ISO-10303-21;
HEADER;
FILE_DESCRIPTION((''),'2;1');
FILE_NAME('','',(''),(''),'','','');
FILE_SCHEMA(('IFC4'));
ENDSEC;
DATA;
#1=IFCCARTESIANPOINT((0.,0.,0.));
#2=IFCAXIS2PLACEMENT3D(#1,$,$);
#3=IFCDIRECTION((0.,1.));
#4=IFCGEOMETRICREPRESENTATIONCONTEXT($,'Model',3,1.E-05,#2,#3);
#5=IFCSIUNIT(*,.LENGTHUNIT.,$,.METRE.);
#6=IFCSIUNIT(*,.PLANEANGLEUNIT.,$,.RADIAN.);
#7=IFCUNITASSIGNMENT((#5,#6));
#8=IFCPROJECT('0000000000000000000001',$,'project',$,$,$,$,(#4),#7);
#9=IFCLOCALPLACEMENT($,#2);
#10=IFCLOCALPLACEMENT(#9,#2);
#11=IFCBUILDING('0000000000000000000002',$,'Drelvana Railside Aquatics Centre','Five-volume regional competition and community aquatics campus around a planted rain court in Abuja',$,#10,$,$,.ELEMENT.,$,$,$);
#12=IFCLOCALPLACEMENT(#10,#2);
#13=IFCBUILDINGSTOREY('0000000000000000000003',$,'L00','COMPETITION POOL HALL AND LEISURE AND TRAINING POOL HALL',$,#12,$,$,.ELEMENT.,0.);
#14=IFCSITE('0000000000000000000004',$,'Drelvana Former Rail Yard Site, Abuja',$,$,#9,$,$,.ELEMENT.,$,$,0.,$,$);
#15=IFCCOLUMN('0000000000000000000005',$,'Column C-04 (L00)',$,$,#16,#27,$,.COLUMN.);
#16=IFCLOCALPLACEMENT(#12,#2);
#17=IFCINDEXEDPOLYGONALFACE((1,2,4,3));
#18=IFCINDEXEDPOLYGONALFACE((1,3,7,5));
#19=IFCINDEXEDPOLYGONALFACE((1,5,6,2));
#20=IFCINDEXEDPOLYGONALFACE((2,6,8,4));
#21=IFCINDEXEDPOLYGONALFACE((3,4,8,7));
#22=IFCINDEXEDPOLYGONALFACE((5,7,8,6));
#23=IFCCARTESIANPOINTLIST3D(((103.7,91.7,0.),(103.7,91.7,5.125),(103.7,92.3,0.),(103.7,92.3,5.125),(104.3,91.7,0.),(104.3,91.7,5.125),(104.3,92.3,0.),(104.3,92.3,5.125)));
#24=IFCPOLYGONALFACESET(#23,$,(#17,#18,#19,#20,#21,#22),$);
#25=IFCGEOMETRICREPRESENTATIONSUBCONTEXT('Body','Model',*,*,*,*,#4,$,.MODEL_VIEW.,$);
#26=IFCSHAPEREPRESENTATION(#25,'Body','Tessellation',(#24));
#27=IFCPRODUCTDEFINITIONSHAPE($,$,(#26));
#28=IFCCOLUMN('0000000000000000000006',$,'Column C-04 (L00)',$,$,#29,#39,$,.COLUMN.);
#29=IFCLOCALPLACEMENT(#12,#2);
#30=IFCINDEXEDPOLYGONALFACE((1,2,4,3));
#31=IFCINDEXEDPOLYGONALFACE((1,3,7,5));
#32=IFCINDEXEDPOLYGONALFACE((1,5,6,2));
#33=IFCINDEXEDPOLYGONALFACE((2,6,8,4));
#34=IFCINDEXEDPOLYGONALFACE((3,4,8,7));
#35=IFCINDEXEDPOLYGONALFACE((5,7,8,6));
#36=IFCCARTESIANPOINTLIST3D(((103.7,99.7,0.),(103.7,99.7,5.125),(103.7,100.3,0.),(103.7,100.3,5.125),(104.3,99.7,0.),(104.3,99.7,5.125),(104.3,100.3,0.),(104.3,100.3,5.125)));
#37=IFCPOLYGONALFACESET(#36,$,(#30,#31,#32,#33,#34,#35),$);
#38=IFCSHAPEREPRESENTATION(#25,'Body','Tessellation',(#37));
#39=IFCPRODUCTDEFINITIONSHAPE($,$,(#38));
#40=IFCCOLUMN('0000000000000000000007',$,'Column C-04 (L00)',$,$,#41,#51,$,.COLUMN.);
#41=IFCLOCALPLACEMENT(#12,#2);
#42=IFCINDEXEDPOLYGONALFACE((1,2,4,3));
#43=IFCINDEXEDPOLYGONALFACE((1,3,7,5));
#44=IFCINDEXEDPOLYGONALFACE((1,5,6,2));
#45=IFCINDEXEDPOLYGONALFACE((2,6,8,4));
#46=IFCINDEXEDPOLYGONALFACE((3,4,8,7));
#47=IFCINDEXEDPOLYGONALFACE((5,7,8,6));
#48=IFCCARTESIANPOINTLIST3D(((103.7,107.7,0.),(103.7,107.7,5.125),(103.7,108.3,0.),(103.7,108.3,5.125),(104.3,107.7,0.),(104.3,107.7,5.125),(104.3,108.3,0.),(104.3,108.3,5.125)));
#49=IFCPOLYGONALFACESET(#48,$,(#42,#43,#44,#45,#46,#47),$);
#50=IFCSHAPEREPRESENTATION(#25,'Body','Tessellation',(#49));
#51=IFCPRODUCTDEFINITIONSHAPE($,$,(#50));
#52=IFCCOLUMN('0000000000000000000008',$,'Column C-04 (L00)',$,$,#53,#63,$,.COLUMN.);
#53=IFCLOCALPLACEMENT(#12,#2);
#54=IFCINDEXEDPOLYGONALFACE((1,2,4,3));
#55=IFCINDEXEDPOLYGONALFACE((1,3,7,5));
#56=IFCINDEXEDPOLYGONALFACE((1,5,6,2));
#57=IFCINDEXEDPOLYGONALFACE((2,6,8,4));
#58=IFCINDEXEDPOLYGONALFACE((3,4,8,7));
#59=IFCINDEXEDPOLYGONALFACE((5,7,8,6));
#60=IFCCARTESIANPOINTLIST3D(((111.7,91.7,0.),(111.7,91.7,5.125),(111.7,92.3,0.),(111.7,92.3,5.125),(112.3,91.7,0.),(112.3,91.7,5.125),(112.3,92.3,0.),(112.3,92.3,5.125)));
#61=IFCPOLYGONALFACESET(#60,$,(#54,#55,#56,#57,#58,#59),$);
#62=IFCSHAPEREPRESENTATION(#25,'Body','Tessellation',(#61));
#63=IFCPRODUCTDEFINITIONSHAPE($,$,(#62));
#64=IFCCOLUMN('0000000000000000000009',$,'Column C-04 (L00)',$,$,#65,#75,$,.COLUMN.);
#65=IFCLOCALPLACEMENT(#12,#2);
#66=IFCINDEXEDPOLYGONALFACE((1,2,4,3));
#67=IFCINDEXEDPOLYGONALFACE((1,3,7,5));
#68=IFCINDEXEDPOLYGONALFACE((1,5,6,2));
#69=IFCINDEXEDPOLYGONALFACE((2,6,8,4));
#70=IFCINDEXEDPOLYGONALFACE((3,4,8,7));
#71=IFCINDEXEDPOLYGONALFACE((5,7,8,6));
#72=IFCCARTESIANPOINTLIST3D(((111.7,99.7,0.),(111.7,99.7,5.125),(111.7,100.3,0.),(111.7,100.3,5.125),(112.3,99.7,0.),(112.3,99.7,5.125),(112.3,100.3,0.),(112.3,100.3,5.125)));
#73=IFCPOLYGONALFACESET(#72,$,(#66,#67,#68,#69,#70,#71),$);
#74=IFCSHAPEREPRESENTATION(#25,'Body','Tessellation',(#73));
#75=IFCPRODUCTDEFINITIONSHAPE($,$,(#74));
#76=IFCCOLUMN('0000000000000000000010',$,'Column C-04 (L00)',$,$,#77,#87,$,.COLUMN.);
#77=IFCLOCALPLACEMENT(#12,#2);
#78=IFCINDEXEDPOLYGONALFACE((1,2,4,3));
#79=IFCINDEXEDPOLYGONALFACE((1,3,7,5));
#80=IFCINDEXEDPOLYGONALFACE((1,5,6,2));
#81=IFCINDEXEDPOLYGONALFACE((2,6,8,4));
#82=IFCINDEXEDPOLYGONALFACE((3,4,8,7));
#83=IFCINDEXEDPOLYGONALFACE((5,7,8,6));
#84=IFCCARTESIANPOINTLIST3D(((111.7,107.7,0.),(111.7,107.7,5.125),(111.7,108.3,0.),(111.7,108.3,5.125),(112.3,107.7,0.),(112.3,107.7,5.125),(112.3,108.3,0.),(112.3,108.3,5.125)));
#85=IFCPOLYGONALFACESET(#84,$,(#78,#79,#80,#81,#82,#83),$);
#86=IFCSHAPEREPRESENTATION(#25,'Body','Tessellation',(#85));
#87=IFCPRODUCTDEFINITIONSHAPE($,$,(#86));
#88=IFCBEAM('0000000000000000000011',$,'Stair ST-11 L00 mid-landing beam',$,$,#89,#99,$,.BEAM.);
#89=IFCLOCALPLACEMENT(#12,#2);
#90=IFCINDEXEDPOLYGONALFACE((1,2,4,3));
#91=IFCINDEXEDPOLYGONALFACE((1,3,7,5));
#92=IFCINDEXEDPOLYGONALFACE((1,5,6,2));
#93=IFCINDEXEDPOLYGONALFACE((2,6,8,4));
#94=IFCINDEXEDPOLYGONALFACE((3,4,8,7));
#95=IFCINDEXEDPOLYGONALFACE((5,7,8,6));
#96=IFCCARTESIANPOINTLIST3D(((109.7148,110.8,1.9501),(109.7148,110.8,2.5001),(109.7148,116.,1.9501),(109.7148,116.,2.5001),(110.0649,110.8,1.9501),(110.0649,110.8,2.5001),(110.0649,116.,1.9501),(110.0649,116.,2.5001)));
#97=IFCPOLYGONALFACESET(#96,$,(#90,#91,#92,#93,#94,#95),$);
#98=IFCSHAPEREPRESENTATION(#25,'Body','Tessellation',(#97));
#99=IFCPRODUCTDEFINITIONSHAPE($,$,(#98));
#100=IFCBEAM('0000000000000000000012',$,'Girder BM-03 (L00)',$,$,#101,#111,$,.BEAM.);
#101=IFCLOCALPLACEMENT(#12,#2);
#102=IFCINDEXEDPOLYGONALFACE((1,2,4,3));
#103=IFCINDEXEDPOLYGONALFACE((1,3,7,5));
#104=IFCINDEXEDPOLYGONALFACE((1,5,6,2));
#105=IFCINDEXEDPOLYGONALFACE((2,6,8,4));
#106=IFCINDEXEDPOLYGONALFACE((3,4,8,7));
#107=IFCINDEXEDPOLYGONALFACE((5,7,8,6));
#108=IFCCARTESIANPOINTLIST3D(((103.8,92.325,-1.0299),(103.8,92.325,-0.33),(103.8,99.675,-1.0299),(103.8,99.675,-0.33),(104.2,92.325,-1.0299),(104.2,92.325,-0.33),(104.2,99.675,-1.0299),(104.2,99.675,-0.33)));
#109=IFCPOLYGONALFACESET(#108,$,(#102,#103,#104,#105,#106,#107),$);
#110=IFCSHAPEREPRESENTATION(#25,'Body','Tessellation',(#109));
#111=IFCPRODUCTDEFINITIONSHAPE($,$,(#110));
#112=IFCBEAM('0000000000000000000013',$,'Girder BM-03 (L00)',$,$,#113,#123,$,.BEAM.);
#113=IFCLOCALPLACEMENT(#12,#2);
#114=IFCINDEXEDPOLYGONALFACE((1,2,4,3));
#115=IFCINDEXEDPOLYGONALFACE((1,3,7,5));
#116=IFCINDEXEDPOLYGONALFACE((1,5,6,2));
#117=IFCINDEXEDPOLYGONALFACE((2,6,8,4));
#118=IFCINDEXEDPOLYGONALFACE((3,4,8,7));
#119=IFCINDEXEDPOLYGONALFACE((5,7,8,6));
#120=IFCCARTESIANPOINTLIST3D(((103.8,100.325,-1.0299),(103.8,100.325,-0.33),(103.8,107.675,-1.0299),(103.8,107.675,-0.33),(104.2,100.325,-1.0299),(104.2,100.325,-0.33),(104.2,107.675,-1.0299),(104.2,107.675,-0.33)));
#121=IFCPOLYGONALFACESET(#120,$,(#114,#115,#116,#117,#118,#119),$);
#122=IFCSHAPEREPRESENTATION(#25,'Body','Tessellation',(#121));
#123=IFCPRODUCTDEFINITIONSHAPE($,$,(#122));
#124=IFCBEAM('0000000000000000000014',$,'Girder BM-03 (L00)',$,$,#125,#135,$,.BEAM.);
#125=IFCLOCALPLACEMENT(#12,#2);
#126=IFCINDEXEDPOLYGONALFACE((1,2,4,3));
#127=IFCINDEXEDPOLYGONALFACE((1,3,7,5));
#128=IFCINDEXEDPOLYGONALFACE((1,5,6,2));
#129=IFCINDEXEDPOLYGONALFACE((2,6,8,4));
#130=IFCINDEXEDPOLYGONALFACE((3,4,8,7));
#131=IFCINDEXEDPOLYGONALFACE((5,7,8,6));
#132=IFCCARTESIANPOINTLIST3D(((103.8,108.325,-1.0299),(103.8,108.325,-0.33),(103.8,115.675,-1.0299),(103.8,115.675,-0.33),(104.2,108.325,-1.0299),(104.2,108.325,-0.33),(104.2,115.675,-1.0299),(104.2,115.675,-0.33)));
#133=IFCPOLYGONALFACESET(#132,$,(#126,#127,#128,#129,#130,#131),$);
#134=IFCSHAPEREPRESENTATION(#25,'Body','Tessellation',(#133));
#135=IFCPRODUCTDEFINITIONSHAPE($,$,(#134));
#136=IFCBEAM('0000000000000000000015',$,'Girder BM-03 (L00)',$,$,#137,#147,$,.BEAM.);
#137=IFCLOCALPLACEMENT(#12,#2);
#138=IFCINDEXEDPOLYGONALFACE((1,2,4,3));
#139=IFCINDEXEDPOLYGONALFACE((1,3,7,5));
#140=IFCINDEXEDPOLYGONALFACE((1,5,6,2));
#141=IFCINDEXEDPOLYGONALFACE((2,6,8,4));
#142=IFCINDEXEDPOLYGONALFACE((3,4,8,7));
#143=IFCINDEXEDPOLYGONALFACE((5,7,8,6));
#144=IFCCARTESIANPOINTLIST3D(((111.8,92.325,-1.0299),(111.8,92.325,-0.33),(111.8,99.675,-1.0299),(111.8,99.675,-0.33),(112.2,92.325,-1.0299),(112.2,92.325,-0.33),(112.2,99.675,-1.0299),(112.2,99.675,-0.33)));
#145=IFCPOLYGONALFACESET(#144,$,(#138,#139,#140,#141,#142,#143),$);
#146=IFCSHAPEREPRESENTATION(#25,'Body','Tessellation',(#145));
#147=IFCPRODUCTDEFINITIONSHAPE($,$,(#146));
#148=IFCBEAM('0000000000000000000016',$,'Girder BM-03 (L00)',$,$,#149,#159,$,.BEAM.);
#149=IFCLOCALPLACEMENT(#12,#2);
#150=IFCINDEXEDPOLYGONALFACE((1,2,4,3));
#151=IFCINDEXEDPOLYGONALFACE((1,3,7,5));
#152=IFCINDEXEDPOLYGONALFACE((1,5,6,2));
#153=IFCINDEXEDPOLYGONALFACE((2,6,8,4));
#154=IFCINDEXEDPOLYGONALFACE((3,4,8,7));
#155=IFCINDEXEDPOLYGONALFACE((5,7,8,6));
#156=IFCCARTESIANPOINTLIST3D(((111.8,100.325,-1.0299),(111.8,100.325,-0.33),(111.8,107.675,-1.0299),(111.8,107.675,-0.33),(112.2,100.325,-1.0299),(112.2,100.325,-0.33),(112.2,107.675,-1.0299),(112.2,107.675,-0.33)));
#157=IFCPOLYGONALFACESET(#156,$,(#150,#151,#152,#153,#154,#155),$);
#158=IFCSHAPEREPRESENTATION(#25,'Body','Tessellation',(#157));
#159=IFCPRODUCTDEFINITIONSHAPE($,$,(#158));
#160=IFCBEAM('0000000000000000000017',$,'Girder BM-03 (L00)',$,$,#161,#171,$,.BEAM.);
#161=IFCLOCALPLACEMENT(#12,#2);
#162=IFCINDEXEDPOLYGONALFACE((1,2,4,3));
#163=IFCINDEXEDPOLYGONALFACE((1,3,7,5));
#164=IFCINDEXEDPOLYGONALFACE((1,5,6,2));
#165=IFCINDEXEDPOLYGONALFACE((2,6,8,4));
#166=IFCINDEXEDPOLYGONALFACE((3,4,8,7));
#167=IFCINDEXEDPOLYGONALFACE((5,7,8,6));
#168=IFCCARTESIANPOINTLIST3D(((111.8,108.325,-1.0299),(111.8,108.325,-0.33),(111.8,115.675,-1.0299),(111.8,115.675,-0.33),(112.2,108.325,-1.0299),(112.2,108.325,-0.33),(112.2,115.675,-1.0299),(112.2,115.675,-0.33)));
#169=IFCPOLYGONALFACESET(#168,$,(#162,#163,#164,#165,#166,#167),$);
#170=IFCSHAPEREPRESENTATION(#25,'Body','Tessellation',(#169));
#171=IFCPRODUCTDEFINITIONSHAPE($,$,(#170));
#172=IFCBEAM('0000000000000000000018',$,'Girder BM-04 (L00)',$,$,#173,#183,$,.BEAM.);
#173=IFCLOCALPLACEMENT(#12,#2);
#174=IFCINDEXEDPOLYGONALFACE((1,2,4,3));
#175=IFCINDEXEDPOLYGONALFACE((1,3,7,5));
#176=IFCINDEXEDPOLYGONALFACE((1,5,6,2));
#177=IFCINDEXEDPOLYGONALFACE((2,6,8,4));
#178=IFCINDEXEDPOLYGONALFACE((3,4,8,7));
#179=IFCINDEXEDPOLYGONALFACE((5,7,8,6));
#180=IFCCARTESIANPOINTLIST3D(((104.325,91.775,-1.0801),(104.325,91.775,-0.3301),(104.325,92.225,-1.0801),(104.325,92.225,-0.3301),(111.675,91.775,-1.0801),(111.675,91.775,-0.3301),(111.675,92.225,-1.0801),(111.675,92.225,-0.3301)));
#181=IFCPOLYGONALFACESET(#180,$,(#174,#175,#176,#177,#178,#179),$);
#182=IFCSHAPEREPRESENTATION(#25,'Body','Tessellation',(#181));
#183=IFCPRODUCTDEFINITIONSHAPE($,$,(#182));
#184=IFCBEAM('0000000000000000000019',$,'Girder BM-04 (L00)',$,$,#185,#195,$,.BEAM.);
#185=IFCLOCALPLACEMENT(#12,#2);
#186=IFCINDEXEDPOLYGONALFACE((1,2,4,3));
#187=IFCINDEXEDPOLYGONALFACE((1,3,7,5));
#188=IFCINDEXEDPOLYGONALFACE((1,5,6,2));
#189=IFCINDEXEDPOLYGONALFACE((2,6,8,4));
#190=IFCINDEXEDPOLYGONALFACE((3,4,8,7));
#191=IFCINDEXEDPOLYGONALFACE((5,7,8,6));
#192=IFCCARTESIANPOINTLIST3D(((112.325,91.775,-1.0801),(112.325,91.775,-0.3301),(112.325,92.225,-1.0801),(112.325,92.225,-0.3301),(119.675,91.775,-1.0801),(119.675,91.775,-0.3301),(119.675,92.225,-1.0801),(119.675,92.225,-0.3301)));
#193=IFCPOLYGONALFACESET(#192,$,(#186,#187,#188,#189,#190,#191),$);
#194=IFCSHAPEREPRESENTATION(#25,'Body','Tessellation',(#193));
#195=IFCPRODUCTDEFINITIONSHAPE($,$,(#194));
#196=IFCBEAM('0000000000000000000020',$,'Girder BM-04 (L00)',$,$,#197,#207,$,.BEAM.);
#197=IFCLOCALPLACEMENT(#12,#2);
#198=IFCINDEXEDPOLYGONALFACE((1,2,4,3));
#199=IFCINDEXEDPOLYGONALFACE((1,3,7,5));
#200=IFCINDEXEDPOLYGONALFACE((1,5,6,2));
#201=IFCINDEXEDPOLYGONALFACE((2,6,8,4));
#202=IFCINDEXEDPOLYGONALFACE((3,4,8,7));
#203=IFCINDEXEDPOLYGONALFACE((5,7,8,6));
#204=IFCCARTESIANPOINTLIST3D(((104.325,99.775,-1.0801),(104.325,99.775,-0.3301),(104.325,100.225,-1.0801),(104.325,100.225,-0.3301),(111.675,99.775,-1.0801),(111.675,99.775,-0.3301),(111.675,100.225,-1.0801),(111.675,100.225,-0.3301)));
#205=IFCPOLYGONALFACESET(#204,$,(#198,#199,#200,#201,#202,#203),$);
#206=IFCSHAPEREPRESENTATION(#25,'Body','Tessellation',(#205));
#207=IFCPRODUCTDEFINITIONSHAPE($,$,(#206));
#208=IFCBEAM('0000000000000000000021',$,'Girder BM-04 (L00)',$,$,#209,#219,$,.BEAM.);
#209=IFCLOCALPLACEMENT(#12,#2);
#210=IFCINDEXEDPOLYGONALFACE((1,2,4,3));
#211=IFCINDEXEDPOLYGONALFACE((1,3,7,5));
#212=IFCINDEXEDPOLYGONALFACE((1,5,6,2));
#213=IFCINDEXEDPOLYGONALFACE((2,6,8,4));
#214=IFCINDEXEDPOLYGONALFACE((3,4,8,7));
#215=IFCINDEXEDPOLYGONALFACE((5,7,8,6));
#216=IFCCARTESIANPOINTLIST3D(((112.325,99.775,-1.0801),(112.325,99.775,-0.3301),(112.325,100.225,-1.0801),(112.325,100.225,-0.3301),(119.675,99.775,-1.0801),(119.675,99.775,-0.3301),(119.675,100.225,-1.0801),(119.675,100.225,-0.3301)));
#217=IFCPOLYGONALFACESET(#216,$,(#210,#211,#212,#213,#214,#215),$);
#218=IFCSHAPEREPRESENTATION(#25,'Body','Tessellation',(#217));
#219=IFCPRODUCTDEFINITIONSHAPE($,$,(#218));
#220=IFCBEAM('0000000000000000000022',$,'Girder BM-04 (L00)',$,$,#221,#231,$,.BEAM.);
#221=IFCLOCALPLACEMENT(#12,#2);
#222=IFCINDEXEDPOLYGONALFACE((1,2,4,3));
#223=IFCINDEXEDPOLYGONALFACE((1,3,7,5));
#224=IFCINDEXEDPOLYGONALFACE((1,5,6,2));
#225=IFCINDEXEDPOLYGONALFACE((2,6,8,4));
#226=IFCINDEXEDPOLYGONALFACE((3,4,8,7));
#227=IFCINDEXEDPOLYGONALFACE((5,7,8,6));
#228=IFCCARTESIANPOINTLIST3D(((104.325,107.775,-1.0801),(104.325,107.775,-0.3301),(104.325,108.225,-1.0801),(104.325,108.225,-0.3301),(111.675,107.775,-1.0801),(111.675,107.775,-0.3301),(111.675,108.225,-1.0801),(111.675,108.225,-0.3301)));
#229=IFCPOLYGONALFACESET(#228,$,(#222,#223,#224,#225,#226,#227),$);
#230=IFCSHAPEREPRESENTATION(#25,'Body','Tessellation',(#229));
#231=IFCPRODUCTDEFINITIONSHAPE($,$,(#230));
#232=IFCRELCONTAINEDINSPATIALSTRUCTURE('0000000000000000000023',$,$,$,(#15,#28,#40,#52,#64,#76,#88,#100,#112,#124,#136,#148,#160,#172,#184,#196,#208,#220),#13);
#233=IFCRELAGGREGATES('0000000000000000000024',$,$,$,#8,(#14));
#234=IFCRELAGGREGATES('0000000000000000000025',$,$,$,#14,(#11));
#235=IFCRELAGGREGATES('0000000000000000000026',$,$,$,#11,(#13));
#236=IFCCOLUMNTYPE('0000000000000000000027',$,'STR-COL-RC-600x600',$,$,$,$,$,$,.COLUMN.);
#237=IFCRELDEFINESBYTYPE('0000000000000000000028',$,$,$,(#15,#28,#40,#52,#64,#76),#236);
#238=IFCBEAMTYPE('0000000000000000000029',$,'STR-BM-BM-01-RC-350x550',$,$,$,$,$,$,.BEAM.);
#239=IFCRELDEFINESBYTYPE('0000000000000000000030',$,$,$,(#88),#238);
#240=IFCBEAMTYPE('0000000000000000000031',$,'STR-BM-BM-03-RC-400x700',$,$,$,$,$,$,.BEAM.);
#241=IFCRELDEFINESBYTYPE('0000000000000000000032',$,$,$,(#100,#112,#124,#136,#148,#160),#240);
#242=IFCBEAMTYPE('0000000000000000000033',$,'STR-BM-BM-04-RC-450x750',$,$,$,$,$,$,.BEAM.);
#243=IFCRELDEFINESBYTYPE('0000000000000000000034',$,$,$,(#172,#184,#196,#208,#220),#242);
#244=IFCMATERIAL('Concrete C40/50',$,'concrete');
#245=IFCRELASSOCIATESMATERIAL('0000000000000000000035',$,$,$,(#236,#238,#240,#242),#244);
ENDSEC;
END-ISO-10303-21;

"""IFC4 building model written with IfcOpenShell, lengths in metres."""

from ifc_helpers import new_model, si_unit, direction, frame, origin, origin_2d, place, context, subcontext, project, spatial, rectangle, extrude, material, material_profile, profile_set, type_object, element, save


model = new_model("IFC4")

# Units and contexts
model_context = context("Model", 3, precision=1e-05, world=origin(), true_north=direction((0.0, 1.0)))
body_context = subcontext(model_context, "Body", "Model", "MODEL_VIEW")
ifc_project = project(units=[si_unit("LENGTHUNIT", "METRE"), si_unit("PLANEANGLEUNIT", "RADIAN")], contexts=[model_context])

# Site, building, storey
site_placement = place(None, origin())
site = spatial("IfcSite", under=ifc_project, at=site_placement, Name="Drelvana Former Rail Yard Site, Abuja", CompositionType="ELEMENT", RefElevation=0.0)
building_placement = place(site_placement, origin())
building = spatial("IfcBuilding", under=site, at=building_placement, Name="Drelvana Railside Aquatics Centre", Description="Five-volume regional competition and community aquatics campus around a planted rain court in Abuja", CompositionType="ELEMENT")
storey_placement = place(building_placement, origin())
storey = spatial("IfcBuildingStorey", under=building, at=storey_placement, Name="L00", Description="COMPETITION POOL HALL AND LEISURE AND TRAINING POOL HALL", CompositionType="ELEMENT", Elevation=0.0)

# Columns
ifc_material_1 = material(Name="Concrete C40/50", Category="concrete")
ifc_material_profile_1 = material_profile(ifc_material_1, rectangle(XDim=0.6001, YDim=0.6001, at=origin_2d()), Name="RC 600x600")
ifc_profile_set_1 = profile_set([ifc_material_profile_1], Name="Concrete C40/50")
column_type = type_object("IfcColumnType", Name="STR-COL-RC-600x600", PredefinedType="COLUMN", material=ifc_profile_set_1)
for number, where, z_axis, x_axis, name in (
    (1, (104.0, 92.0, 0.0), (0.0, 0.0, 1.0), (1.0, 0.0, 0.0), "Column C-04 (L00)"),
    (2, (104.0, 100.0, 0.0), (0.0, 0.0, 1.0), (1.0, 0.0, 0.0), "Column C-04 (L00)"),
    (3, (104.0, 108.0, 0.0), (0.0, 0.0, 1.0), (1.0, 0.0, 0.0), "Column C-04 (L00)"),
    (4, (112.0, 92.0, 0.0), (0.0, 0.0, 1.0), (1.0, 0.0, 0.0), "Column C-04 (L00)"),
    (5, (112.0, 100.0, 0.0), (0.0, 0.0, 1.0), (1.0, 0.0, 0.0), "Column C-04 (L00)"),
    (6, (112.0, 108.0, 0.0), (0.0, 0.0, 1.0), (1.0, 0.0, 0.0), "Column C-04 (L00)"),
):
    element("IfcColumn", number, at=place(storey_placement, frame(where, z_axis=z_axis, x_axis=x_axis)), inside=storey, type_object=column_type, Name=name, PredefinedType="COLUMN", context=body_context, shape_type="SweptSolid", body=[
        extrude(rectangle(XDim=0.6001, YDim=0.6001, at=origin_2d()), origin(), (0.0, 0.0, 1.0), 5.125),
    ])

# Beams
ifc_material_profile_2 = material_profile(ifc_material_1, rectangle(XDim=0.3501, YDim=0.55, at=origin_2d()), Name="RC 350x550")
ifc_profile_set_2 = profile_set([ifc_material_profile_2], Name="Concrete C40/50")
beam_type_1 = type_object("IfcBeamType", Name="STR-BM-BM-01-RC-350x550", PredefinedType="BEAM", material=ifc_profile_set_2)
beam_1_placement = place(storey_placement, frame((109.8899, 110.8, 2.2251), z_axis=(0.0, 1.0, 0.0), x_axis=(-1.0, 0.0, 0.0)))
element("IfcBeam", 7, at=beam_1_placement, inside=storey, type_object=beam_type_1, Name="Stair ST-11 L00 mid-landing beam", PredefinedType="BEAM", context=body_context, shape_type="SweptSolid", body=[
    extrude(rectangle(XDim=0.3501, YDim=0.55, at=origin_2d()), origin(), (0.0, 0.0, 1.0), 5.2),
])
ifc_material_profile_3 = material_profile(ifc_material_1, rectangle(XDim=0.3999, YDim=0.7, at=origin_2d()), Name="RC 400x700")
ifc_profile_set_3 = profile_set([ifc_material_profile_3], Name="Concrete C40/50")
beam_type_2 = type_object("IfcBeamType", Name="STR-BM-BM-03-RC-400x700", PredefinedType="BEAM", material=ifc_profile_set_3)
for number, where, z_axis, x_axis, name in (
    (8, (104.0, 92.325, -0.6799), (0.0, 1.0, 0.0), (-1.0, 0.0, 0.0), "Girder BM-03 (L00)"),
    (9, (104.0, 100.325, -0.6799), (0.0, 1.0, 0.0), (-1.0, 0.0, 0.0), "Girder BM-03 (L00)"),
    (10, (104.0, 108.325, -0.6799), (0.0, 1.0, 0.0), (-1.0, 0.0, 0.0), "Girder BM-03 (L00)"),
    (11, (112.0, 92.325, -0.6799), (0.0, 1.0, 0.0), (-1.0, 0.0, 0.0), "Girder BM-03 (L00)"),
    (12, (112.0, 100.325, -0.6799), (0.0, 1.0, 0.0), (-1.0, 0.0, 0.0), "Girder BM-03 (L00)"),
    (13, (112.0, 108.325, -0.6799), (0.0, 1.0, 0.0), (-1.0, 0.0, 0.0), "Girder BM-03 (L00)"),
):
    element("IfcBeam", number, at=place(storey_placement, frame(where, z_axis=z_axis, x_axis=x_axis)), inside=storey, type_object=beam_type_2, Name=name, PredefinedType="BEAM", context=body_context, shape_type="SweptSolid", body=[
        extrude(rectangle(XDim=0.3999, YDim=0.7, at=origin_2d()), origin(), (0.0, 0.0, 1.0), 7.3501),
    ])
ifc_material_profile_4 = material_profile(ifc_material_1, rectangle(XDim=0.45, YDim=0.75, at=origin_2d()), Name="RC 450x750")
ifc_profile_set_4 = profile_set([ifc_material_profile_4], Name="Concrete C40/50")
beam_type_3 = type_object("IfcBeamType", Name="STR-BM-BM-04-RC-450x750", PredefinedType="BEAM", material=ifc_profile_set_4)
for number, where, z_axis, x_axis, name in (
    (14, (104.325, 92.0, -0.7051), (1.0, 0.0, 0.0), (0.0, 1.0, 0.0), "Girder BM-04 (L00)"),
    (15, (112.325, 92.0, -0.7051), (1.0, 0.0, 0.0), (0.0, 1.0, 0.0), "Girder BM-04 (L00)"),
    (16, (104.325, 100.0, -0.7051), (1.0, 0.0, 0.0), (0.0, 1.0, 0.0), "Girder BM-04 (L00)"),
    (17, (112.325, 100.0, -0.7051), (1.0, 0.0, 0.0), (0.0, 1.0, 0.0), "Girder BM-04 (L00)"),
    (18, (104.325, 108.0, -0.7051), (1.0, 0.0, 0.0), (0.0, 1.0, 0.0), "Girder BM-04 (L00)"),
):
    element("IfcBeam", number, at=place(storey_placement, frame(where, z_axis=z_axis, x_axis=x_axis)), inside=storey, type_object=beam_type_3, Name=name, PredefinedType="BEAM", context=body_context, shape_type="SweptSolid", body=[
        extrude(rectangle(XDim=0.45, YDim=0.75, at=origin_2d()), origin(), (0.0, 0.0, 1.0), 7.3501),
    ])

save(model, "model.ifc")
